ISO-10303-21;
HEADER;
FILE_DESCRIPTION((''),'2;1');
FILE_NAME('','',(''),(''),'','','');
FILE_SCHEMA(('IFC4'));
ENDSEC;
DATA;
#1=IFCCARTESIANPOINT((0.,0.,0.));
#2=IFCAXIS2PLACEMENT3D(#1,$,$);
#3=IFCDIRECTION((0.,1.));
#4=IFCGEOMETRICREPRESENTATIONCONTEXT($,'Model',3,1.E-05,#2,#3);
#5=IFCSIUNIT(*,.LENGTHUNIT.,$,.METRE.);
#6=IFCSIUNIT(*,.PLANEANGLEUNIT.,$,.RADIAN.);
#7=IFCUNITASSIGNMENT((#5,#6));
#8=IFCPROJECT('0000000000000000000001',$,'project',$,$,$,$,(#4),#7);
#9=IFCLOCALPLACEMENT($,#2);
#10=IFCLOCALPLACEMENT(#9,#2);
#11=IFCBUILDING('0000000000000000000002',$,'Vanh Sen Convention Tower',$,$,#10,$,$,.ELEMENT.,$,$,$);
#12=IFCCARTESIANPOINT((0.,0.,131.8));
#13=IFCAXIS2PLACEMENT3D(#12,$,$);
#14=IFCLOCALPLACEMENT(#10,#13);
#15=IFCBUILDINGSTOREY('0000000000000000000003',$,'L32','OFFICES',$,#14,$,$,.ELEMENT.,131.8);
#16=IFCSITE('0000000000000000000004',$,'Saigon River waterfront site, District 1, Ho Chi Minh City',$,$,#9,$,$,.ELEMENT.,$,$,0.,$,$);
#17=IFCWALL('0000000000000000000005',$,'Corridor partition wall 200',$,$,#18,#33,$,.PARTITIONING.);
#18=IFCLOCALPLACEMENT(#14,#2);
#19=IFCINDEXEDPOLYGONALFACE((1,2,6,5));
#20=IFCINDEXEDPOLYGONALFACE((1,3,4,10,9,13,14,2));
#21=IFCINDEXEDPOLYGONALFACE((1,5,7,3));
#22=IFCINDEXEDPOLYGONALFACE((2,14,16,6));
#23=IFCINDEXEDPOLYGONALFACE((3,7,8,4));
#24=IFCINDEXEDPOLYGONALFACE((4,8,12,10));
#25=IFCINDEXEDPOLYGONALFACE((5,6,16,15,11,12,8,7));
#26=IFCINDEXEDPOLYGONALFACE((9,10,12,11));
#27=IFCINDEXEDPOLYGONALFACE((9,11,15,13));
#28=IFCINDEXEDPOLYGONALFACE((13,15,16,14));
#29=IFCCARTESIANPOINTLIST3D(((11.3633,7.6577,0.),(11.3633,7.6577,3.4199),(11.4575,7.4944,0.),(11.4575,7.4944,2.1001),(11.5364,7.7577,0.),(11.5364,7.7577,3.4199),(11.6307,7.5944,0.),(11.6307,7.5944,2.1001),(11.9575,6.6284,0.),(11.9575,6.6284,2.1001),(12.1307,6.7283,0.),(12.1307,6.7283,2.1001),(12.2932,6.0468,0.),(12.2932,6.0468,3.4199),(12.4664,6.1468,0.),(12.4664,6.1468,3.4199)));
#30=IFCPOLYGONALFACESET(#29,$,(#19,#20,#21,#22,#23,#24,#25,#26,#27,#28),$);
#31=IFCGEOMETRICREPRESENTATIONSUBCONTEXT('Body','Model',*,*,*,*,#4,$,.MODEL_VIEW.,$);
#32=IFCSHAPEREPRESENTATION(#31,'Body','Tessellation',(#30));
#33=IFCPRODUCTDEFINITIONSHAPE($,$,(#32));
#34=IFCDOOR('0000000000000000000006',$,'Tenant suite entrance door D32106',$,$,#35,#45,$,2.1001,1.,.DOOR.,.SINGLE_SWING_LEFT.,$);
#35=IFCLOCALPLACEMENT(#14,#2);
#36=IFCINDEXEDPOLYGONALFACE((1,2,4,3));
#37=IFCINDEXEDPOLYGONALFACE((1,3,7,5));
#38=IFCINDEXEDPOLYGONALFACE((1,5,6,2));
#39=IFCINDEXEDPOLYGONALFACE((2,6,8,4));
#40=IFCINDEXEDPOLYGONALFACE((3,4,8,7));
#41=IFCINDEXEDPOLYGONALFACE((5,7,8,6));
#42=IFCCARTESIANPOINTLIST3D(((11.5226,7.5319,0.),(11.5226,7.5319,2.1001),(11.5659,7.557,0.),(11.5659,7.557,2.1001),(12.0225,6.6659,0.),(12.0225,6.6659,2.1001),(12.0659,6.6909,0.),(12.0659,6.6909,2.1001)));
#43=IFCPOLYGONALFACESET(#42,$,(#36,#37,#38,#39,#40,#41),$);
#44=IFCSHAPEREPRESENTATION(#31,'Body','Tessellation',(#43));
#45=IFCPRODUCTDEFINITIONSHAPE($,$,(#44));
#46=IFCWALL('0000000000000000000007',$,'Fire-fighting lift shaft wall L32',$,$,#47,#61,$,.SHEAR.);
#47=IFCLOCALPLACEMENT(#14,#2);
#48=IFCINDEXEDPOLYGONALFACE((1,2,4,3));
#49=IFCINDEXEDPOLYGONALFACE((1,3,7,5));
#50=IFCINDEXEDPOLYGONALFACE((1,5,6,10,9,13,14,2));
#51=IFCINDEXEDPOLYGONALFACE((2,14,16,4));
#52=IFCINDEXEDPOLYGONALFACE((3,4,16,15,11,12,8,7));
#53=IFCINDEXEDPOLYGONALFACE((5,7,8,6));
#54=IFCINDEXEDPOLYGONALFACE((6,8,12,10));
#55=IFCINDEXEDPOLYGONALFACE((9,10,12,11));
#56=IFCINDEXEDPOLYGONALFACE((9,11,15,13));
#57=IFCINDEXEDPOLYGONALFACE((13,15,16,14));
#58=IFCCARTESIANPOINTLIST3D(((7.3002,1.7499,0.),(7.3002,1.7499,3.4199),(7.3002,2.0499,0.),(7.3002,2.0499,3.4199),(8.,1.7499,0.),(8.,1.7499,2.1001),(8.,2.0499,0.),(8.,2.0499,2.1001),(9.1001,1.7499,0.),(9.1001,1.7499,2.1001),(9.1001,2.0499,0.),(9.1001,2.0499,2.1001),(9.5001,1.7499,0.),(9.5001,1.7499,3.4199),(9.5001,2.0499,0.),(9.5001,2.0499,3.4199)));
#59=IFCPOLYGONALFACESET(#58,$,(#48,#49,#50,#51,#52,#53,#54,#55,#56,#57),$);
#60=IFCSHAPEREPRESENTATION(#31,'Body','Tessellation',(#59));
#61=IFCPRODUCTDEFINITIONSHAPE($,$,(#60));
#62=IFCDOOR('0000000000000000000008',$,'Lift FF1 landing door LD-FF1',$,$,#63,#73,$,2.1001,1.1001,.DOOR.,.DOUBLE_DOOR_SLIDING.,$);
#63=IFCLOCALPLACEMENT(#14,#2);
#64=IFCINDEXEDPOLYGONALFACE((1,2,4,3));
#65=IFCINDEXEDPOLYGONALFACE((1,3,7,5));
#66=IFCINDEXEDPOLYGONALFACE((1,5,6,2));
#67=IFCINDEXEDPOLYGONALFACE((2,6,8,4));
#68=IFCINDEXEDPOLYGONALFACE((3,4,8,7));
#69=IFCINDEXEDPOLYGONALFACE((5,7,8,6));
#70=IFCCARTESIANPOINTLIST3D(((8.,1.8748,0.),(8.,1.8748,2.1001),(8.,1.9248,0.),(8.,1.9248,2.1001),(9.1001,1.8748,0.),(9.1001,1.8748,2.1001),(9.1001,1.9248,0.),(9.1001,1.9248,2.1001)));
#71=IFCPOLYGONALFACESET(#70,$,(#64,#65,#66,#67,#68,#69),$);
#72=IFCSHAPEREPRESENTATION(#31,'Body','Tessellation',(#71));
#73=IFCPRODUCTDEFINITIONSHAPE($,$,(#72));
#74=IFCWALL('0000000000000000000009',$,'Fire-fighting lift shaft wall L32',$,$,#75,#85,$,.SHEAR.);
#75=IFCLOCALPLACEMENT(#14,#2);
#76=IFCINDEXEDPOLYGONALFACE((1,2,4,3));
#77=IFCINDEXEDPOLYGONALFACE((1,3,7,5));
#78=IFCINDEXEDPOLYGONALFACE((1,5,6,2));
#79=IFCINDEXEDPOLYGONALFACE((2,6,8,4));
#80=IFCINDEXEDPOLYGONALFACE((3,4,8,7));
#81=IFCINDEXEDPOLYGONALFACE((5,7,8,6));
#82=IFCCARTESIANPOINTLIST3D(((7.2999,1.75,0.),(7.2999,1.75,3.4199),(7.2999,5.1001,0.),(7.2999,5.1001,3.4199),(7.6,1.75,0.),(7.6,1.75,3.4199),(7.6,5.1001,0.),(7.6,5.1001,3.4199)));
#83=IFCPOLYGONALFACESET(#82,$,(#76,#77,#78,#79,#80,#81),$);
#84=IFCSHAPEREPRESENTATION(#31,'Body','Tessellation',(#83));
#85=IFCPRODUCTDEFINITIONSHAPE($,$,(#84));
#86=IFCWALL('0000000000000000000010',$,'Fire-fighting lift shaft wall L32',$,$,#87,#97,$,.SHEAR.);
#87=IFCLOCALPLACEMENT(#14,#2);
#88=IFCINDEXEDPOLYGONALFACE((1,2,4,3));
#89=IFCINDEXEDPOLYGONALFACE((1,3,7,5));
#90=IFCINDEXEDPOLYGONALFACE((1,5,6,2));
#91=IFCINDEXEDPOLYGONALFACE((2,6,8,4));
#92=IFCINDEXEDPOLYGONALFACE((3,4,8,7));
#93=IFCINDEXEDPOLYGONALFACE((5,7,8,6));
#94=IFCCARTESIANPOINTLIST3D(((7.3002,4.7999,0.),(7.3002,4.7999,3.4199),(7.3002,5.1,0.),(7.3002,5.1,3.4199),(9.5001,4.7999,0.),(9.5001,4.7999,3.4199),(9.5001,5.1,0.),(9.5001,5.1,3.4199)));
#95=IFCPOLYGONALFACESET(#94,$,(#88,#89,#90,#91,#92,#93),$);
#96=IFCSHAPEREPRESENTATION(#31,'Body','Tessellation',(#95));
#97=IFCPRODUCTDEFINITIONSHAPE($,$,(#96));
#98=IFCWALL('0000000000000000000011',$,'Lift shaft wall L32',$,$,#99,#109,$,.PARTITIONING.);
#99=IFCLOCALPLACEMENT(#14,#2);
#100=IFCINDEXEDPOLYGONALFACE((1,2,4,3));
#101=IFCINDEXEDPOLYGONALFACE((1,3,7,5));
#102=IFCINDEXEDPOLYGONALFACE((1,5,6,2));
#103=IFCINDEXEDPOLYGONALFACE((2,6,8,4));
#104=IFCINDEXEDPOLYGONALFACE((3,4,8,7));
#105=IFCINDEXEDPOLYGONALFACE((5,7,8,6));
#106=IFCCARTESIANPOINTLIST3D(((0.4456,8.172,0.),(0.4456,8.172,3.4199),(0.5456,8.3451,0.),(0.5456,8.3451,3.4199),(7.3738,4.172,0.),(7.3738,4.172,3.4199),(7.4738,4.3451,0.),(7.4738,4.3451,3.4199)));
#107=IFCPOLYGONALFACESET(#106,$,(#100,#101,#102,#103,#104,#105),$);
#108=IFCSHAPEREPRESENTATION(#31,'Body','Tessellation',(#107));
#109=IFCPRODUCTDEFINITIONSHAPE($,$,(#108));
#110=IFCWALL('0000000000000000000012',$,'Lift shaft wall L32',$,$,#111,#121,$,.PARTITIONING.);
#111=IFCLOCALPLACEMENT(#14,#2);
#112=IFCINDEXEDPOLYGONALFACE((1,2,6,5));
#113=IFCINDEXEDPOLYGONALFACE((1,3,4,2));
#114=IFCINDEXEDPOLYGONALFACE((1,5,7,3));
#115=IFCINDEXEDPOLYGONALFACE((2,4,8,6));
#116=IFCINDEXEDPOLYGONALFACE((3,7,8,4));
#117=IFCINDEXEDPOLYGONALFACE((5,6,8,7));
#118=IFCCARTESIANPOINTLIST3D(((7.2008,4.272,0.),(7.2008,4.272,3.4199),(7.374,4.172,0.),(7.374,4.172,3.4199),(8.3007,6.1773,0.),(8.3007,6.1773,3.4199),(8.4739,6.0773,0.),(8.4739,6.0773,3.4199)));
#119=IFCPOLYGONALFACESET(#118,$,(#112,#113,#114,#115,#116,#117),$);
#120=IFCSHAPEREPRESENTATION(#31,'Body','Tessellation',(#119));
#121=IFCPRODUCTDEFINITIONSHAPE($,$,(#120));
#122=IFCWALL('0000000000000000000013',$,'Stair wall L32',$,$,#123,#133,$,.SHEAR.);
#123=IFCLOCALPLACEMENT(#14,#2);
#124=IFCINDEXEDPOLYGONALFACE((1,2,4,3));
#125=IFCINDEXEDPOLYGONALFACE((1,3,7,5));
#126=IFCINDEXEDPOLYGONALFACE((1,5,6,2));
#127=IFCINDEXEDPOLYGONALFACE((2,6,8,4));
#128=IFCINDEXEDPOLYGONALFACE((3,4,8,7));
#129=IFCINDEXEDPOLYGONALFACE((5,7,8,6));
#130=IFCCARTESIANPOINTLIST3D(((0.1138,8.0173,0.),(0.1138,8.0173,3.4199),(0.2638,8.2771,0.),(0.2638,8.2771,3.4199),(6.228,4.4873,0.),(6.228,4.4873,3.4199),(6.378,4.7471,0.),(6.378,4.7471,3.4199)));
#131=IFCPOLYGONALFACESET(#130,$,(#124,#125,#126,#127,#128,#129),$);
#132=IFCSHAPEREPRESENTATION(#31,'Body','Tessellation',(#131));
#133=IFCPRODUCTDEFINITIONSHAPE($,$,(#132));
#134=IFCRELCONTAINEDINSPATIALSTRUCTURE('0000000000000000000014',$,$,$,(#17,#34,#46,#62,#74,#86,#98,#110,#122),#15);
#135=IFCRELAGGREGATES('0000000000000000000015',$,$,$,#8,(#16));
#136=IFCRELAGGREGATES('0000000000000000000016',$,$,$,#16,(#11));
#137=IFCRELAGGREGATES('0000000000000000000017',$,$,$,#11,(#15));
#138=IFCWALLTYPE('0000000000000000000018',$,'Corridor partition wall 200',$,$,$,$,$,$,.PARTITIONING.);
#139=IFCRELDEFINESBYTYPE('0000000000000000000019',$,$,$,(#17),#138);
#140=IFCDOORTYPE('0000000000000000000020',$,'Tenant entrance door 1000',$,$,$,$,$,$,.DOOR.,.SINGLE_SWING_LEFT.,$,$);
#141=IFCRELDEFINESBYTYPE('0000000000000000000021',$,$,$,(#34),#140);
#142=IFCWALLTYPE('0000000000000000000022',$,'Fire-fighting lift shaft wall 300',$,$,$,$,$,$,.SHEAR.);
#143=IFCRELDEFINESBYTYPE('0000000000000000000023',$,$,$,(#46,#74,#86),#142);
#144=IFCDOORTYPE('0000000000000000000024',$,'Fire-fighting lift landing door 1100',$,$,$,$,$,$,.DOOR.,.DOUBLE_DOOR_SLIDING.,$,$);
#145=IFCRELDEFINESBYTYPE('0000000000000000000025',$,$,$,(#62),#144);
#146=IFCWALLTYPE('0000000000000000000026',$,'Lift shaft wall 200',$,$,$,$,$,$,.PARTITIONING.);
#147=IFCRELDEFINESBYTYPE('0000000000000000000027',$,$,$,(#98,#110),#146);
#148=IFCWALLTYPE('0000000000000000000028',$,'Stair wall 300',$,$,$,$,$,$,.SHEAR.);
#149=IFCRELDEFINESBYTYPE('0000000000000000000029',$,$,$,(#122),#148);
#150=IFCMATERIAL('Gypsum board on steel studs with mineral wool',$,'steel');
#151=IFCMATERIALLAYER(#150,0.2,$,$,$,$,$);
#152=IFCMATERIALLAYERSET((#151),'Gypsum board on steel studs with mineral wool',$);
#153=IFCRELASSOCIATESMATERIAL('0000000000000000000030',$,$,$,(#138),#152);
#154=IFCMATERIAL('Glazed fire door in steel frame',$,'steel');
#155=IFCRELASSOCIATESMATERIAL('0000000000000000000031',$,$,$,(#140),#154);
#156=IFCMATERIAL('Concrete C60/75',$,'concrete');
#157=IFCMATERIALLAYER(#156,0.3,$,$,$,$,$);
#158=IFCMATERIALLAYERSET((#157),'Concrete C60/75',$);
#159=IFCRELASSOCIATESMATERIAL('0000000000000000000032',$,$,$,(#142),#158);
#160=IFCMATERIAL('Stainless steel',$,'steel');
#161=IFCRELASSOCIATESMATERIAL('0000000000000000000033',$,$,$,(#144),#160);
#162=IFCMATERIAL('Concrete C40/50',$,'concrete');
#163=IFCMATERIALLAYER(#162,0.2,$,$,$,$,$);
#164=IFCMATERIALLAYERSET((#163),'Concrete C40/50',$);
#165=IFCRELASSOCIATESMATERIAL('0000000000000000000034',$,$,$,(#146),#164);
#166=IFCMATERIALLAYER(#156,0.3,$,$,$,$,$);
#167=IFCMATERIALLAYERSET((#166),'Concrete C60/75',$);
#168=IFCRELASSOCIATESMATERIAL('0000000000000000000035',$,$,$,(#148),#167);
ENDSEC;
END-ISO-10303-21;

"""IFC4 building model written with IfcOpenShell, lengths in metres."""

from ifc_helpers import new_model, si_unit, direction, frame, frame_2d, origin, place, context, subcontext, project, spatial, rectangle, extrude, material, layer, layer_set, type_object, element, fill, save


model = new_model("IFC4")

# Units and contexts
model_context = context("Model", 3, precision=1e-05, world=origin(), true_north=direction((0.0, 1.0)))
body_context = subcontext(model_context, "Body", "Model", "MODEL_VIEW")
ifc_project = project(units=[si_unit("LENGTHUNIT", "METRE"), si_unit("PLANEANGLEUNIT", "RADIAN")], contexts=[model_context])

# Site, building, storey
site_placement = place(None, origin())
site = spatial("IfcSite", under=ifc_project, at=site_placement, Name="Saigon River waterfront site, District 1, Ho Chi Minh City", CompositionType="ELEMENT", RefElevation=0.0)
building_placement = place(site_placement, origin())
building = spatial("IfcBuilding", under=site, at=building_placement, Name="Vanh Sen Convention Tower", CompositionType="ELEMENT")
storey_placement = place(building_placement, frame((0.0, 0.0, 131.8)))
storey = spatial("IfcBuildingStorey", under=building, at=storey_placement, Name="L32", Description="OFFICES", CompositionType="ELEMENT", Elevation=131.8)

# Shared definitions
ifc_material_1 = material(Name="Stainless steel", Category="steel")

# Shared definitions
ifc_material_2 = material(Name="Gypsum board on steel studs with mineral wool", Category="steel")
ifc_layer_1 = layer(ifc_material_2, 0.2)
ifc_layer_set_1 = layer_set([ifc_layer_1], Name="Gypsum board on steel studs with mineral wool")
wall_type_1 = type_object("IfcWallType", Name="Corridor partition wall 200", PredefinedType="PARTITIONING", material=ifc_layer_set_1)

# Shared definitions
ifc_material_3 = material(Name="Glazed fire door in steel frame", Category="steel")
door_type_1 = type_object("IfcDoorType", Name="Tenant entrance door 1000", OperationType="SINGLE_SWING_LEFT", PredefinedType="DOOR", material=ifc_material_3)

# Walls, openings, doors
wall_1_placement = place(storey_placement, frame((12.3799, 6.0967, 0.0), z_axis=(0.0, 0.0, 1.0), x_axis=(-0.499965, 0.866046, 0.0)))
wall_1 = element("IfcWall", 1, at=wall_1_placement, inside=storey, type_object=wall_type_1, Name="Corridor partition wall 200", PredefinedType="PARTITIONING", context=body_context, shape_type="SweptSolid", body=[
    extrude(rectangle(XDim=1.8601, YDim=0.2, at=frame_2d((0.9302, 0.0))), origin(), (0.0, 0.0, 1.0), 3.4199),
])
opening_1_placement = place(wall_1_placement, frame((0.6716, 0.0, 0.0)))
opening_1 = element("IfcOpeningElement", 2, at=opening_1_placement, cuts=wall_1, PredefinedType="OPENING", context=body_context, shape_type="SweptSolid", body=[
    extrude(rectangle(XDim=1.0, YDim=2.1001, at=frame_2d((0.5, 1.05))), frame((0.0, 0.1099, 0.0), z_axis=(0.0, -1.0, 0.0), x_axis=(1.0, 0.0, 0.0)), (0.0, 0.0, 1.0), 0.22),
])
door_1_placement = place(opening_1_placement, origin())
door_1 = element("IfcDoor", 3, at=door_1_placement, inside=storey, type_object=door_type_1, Name="Tenant suite entrance door D32106", OperationType="SINGLE_SWING_LEFT", OverallHeight=2.1001, OverallWidth=1.0, PredefinedType="DOOR", context=body_context, shape_type="SweptSolid", body=[
    extrude(rectangle(XDim=1.0, YDim=2.1001, at=frame_2d((0.5, 1.05))), frame((0.0, 0.0249, 0.0), z_axis=(0.0, -1.0, 0.0), x_axis=(1.0, 0.0, 0.0)), (0.0, 0.0, 1.0), 0.05),
])
fill(opening_1, door_1)
ifc_material_4 = material(Name="Concrete C60/75", Category="concrete")
ifc_layer_2 = layer(ifc_material_4, 0.3)
ifc_layer_set_2 = layer_set([ifc_layer_2], Name="Concrete C60/75")
wall_type_2 = type_object("IfcWallType", Name="Fire-fighting lift shaft wall 300", PredefinedType="SHEAR", material=ifc_layer_set_2)
wall_2_placement = place(storey_placement, frame((7.3, 1.8999, 0.0), z_axis=(0.0, 0.0, 1.0), x_axis=(1.0, 0.0, 0.0)))
wall_2 = element("IfcWall", 4, at=wall_2_placement, inside=storey, type_object=wall_type_2, Name="Fire-fighting lift shaft wall L32", PredefinedType="SHEAR", context=body_context, shape_type="SweptSolid", body=[
    extrude(rectangle(XDim=2.2, YDim=0.3, at=frame_2d((1.1001, 0.0))), origin(), (0.0, 0.0, 1.0), 3.4199),
])
opening_2_placement = place(wall_2_placement, frame((0.7, 0.0, 0.0)))
opening_2 = element("IfcOpeningElement", 5, at=opening_2_placement, cuts=wall_2, PredefinedType="OPENING", context=body_context, shape_type="SweptSolid", body=[
    extrude(rectangle(XDim=1.1001, YDim=2.1001, at=frame_2d((0.55, 1.05))), frame((0.0, 0.1599, 0.0), z_axis=(0.0, -1.0, 0.0), x_axis=(1.0, 0.0, 0.0)), (0.0, 0.0, 1.0), 0.3201),
])
door_type_2 = type_object("IfcDoorType", Name="Fire-fighting lift landing door 1100", OperationType="DOUBLE_DOOR_SLIDING", PredefinedType="DOOR", material=ifc_material_1)
door_2_placement = place(opening_2_placement, origin())
door_2 = element("IfcDoor", 6, at=door_2_placement, inside=storey, type_object=door_type_2, Name="Lift FF1 landing door LD-FF1", OperationType="DOUBLE_DOOR_SLIDING", OverallHeight=2.1001, OverallWidth=1.1001, PredefinedType="DOOR", context=body_context, shape_type="SweptSolid", body=[
    extrude(rectangle(XDim=1.1001, YDim=2.1001, at=frame_2d((0.55, 1.05))), frame((0.0, 0.0249, 0.0), z_axis=(0.0, -1.0, 0.0), x_axis=(1.0, 0.0, 0.0)), (0.0, 0.0, 1.0), 0.05),
])
fill(opening_2, door_2)

# Walls
wall_3_placement = place(storey_placement, frame((7.45, 1.75, 0.0), z_axis=(0.0, 0.0, 1.0), x_axis=(0.0, 1.0, 0.0)))
element("IfcWall", 7, at=wall_3_placement, inside=storey, type_object=wall_type_2, Name="Fire-fighting lift shaft wall L32", PredefinedType="SHEAR", context=body_context, shape_type="SweptSolid", body=[
    extrude(rectangle(XDim=3.3501, YDim=0.3, at=frame_2d((1.675, 0.0))), origin(), (0.0, 0.0, 1.0), 3.4199),
])
wall_4_placement = place(storey_placement, frame((7.3, 4.95, 0.0), z_axis=(0.0, 0.0, 1.0), x_axis=(1.0, 0.0, 0.0)))
element("IfcWall", 8, at=wall_4_placement, inside=storey, type_object=wall_type_2, Name="Fire-fighting lift shaft wall L32", PredefinedType="SHEAR", context=body_context, shape_type="SweptSolid", body=[
    extrude(rectangle(XDim=2.2, YDim=0.3, at=frame_2d((1.1001, 0.0))), origin(), (0.0, 0.0, 1.0), 3.4199),
])
ifc_material_5 = material(Name="Concrete C40/50", Category="concrete")
ifc_layer_3 = layer(ifc_material_5, 0.2)
ifc_layer_set_3 = layer_set([ifc_layer_3], Name="Concrete C40/50")
wall_type_3 = type_object("IfcWallType", Name="Lift shaft wall 200", PredefinedType="PARTITIONING", material=ifc_layer_set_3)
wall_5_placement = place(storey_placement, frame((7.4238, 4.2585, 0.0), z_axis=(0.0, 0.0, 1.0), x_axis=(-0.866026, 0.499999, 0.0)))
element("IfcWall", 9, at=wall_5_placement, inside=storey, type_object=wall_type_3, Name="Lift shaft wall L32", PredefinedType="PARTITIONING", context=body_context, shape_type="SweptSolid", body=[
    extrude(rectangle(XDim=8.0, YDim=0.2, at=frame_2d((4.0, 0.0))), origin(), (0.0, 0.0, 1.0), 3.4199),
])
wall_6_placement = place(storey_placement, frame((7.2874, 4.2219, 0.0), z_axis=(0.0, 0.0, 1.0), x_axis=(0.499947, 0.866056, 0.0)))
element("IfcWall", 10, at=wall_6_placement, inside=storey, type_object=wall_type_3, Name="Lift shaft wall L32", PredefinedType="PARTITIONING", context=body_context, shape_type="SweptSolid", body=[
    extrude(rectangle(XDim=2.2, YDim=0.2, at=frame_2d((1.1001, 0.0))), origin(), (0.0, 0.0, 1.0), 3.4199),
])
ifc_layer_4 = layer(ifc_material_4, 0.3)
ifc_layer_set_4 = layer_set([ifc_layer_4], Name="Concrete C60/75")
wall_type_4 = type_object("IfcWallType", Name="Stair wall 300", PredefinedType="SHEAR", material=ifc_layer_set_4)
wall_7_placement = place(storey_placement, frame((6.303, 4.6172, 0.0), z_axis=(0.0, 0.0, 1.0), x_axis=(-0.866028, 0.499996, 0.0)))
element("IfcWall", 11, at=wall_7_placement, inside=storey, type_object=wall_type_4, Name="Stair wall L32", PredefinedType="SHEAR", context=body_context, shape_type="SweptSolid", body=[
    extrude(rectangle(XDim=7.0601, YDim=0.3, at=frame_2d((3.53, 0.0))), origin(), (0.0, 0.0, 1.0), 3.4199),
])

save(model, "model.ifc")
